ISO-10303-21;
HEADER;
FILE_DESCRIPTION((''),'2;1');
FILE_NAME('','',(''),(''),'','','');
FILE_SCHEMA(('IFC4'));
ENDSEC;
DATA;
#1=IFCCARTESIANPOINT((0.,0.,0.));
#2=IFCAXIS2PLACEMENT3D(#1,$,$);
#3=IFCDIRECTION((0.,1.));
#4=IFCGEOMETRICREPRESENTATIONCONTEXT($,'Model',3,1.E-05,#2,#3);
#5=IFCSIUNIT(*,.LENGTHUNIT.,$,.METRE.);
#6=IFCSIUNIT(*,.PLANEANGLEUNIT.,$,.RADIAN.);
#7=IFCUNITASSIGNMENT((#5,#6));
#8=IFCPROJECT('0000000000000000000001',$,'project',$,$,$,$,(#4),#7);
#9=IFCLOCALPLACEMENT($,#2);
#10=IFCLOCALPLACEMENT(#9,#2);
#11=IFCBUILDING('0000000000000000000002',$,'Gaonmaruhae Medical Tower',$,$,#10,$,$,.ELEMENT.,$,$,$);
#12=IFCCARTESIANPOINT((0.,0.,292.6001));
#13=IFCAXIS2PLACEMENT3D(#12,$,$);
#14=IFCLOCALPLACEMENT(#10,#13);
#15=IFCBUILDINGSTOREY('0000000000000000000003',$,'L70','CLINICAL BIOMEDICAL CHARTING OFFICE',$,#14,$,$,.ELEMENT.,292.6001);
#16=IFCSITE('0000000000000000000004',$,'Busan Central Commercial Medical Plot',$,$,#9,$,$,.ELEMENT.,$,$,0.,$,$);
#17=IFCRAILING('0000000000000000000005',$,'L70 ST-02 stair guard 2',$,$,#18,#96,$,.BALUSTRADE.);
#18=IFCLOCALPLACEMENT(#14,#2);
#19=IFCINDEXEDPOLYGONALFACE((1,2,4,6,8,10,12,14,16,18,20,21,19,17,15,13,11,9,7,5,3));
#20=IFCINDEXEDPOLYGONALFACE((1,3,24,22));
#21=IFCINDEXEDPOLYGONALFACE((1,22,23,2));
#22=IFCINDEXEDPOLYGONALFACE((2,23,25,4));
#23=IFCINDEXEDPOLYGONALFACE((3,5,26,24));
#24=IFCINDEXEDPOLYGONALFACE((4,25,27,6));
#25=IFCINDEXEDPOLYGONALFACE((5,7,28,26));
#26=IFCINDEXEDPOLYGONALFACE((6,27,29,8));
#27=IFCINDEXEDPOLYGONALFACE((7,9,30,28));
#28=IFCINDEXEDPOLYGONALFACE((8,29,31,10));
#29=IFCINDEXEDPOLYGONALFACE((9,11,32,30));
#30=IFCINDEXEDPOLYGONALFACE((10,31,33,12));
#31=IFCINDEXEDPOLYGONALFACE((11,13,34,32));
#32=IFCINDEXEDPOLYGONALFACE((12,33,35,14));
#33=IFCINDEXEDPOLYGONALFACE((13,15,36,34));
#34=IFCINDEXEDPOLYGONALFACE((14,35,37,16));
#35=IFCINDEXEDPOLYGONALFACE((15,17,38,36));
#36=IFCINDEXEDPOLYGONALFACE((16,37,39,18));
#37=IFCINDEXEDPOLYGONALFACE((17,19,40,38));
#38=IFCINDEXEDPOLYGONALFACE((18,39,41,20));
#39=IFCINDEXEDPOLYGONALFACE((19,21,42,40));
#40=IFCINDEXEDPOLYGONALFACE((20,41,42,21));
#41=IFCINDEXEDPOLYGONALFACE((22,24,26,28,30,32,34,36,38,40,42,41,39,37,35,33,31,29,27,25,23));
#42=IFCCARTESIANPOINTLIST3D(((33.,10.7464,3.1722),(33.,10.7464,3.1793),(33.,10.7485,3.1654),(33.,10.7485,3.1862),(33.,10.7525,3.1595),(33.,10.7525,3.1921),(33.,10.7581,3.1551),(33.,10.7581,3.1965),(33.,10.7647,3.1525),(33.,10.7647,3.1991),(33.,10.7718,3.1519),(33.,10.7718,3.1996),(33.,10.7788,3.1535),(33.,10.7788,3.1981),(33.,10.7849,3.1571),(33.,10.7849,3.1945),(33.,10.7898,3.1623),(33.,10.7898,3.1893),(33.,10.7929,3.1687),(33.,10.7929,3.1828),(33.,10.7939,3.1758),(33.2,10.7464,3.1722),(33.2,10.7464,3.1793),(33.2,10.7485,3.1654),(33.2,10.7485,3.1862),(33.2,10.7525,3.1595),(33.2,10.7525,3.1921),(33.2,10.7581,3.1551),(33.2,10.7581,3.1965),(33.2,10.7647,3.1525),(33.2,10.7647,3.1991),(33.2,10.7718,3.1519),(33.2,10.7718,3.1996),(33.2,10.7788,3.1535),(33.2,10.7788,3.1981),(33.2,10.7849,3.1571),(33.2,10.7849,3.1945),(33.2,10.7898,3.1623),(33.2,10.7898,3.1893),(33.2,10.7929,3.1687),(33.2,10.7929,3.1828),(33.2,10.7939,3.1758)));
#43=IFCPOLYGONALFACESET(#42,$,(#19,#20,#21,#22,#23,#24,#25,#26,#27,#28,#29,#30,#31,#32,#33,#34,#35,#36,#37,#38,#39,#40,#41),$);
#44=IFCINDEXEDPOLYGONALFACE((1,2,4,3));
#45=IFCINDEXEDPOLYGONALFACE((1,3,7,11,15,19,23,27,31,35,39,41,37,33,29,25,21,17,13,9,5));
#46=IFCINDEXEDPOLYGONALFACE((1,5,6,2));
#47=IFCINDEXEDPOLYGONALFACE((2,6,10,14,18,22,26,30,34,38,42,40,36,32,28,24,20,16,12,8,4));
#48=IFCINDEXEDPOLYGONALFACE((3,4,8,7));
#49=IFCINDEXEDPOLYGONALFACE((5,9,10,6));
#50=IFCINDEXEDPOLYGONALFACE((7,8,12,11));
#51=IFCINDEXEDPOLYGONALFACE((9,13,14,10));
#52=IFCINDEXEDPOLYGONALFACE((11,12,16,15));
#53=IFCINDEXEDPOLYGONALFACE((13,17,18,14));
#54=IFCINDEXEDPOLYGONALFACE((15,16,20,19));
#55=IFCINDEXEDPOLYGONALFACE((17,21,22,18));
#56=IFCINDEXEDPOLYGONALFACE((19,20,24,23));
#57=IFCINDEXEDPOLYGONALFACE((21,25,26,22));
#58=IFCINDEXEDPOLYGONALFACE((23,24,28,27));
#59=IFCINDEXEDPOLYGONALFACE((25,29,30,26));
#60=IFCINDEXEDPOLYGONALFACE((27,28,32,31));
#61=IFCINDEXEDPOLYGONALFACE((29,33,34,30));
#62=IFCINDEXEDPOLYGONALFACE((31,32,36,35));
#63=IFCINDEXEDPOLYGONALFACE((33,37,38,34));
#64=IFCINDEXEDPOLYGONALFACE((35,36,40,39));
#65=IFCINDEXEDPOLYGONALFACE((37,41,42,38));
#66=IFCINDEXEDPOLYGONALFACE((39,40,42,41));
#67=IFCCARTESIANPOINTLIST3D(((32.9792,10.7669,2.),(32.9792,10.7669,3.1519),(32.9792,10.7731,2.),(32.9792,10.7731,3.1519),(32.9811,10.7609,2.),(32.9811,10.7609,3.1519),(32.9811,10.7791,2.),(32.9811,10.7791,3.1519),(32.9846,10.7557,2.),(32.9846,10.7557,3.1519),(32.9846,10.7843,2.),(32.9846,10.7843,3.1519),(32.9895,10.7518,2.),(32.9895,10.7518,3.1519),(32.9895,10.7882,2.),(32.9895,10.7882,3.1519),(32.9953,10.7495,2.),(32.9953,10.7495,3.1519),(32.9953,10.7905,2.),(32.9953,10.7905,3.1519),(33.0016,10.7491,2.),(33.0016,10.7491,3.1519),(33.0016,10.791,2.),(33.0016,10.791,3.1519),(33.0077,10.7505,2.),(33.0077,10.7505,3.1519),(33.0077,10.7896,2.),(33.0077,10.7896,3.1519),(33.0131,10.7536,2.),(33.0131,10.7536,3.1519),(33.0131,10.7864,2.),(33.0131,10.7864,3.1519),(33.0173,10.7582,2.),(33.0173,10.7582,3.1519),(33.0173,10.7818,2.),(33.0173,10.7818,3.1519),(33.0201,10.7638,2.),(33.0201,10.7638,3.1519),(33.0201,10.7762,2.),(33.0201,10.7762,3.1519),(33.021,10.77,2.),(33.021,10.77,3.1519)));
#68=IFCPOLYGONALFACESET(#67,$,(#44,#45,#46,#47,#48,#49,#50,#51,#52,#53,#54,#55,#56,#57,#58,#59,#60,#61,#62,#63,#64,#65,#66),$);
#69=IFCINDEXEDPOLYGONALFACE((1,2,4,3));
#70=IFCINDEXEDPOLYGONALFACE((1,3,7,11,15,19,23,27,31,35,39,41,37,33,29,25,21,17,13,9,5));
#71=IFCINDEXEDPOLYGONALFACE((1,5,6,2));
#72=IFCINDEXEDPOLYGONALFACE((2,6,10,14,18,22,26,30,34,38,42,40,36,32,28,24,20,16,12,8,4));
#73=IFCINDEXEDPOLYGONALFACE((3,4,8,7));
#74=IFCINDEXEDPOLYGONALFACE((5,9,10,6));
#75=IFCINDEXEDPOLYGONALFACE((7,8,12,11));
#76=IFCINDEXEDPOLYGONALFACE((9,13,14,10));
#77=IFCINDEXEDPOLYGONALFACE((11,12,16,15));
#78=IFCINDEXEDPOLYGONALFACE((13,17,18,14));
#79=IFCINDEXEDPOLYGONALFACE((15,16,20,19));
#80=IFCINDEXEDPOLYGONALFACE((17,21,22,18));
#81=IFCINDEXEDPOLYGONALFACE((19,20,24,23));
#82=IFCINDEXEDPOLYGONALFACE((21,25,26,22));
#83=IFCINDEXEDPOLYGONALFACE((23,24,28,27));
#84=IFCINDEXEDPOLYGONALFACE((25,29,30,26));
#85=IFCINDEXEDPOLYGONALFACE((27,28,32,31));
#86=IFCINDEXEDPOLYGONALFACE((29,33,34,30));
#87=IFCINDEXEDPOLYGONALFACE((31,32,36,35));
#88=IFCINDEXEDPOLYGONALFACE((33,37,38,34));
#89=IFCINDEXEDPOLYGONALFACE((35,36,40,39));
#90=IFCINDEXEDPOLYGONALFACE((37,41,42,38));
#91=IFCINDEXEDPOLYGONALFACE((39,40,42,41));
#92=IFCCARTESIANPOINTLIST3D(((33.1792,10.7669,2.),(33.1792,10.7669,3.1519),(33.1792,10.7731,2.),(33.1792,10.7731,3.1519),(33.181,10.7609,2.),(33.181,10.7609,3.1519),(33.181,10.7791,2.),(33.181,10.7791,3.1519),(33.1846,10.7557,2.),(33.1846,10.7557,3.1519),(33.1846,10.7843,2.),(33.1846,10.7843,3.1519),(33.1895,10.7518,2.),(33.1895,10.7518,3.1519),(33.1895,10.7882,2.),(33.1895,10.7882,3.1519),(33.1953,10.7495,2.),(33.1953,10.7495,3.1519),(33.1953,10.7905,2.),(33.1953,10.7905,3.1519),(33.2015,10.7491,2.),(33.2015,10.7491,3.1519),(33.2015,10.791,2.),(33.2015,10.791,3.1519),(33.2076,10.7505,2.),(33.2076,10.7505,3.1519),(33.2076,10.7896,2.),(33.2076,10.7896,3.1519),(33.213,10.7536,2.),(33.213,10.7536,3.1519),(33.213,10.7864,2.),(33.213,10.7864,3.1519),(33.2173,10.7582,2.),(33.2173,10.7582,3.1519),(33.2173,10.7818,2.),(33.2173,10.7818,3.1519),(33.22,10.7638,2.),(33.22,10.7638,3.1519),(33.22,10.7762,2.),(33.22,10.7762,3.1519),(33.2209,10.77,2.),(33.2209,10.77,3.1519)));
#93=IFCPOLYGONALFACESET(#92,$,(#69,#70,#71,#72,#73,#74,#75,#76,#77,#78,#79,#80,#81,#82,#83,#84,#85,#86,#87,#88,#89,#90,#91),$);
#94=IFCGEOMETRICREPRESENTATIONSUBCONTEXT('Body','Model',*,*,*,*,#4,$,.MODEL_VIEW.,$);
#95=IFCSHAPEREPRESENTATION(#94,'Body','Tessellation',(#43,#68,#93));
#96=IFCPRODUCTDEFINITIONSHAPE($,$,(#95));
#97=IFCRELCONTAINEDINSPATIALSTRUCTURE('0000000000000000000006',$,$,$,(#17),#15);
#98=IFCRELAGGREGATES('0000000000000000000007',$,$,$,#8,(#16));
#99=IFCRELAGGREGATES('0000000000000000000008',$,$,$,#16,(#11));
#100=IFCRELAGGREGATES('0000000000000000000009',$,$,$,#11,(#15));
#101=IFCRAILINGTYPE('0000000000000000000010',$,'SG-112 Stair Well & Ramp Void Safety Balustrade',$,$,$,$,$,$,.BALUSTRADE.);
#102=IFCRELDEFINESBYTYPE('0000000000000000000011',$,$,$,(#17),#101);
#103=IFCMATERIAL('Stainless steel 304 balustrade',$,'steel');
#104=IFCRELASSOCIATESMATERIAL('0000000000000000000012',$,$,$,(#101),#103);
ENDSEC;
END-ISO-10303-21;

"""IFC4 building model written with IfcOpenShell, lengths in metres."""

from ifc_helpers import new_model, si_unit, direction, frame, origin, origin_2d, place, context, subcontext, project, spatial, circle, extrude, material, type_object, element, save


model = new_model("IFC4")

# Units and contexts
model_context = context("Model", 3, precision=1e-05, world=origin(), true_north=direction((0.0, 1.0)))
body_context = subcontext(model_context, "Body", "Model", "MODEL_VIEW")
ifc_project = project(units=[si_unit("LENGTHUNIT", "METRE"), si_unit("PLANEANGLEUNIT", "RADIAN")], contexts=[model_context])

# Site, building, storey
site_placement = place(None, origin())
site = spatial("IfcSite", under=ifc_project, at=site_placement, Name="Busan Central Commercial Medical Plot", CompositionType="ELEMENT", RefElevation=0.0)
building_placement = place(site_placement, origin())
building = spatial("IfcBuilding", under=site, at=building_placement, Name="Gaonmaruhae Medical Tower", CompositionType="ELEMENT")
storey_placement = place(building_placement, frame((0.0, 0.0, 292.6001)))
storey = spatial("IfcBuildingStorey", under=building, at=storey_placement, Name="L70", Description="CLINICAL BIOMEDICAL CHARTING OFFICE", CompositionType="ELEMENT", Elevation=292.6001)

# Railing
ifc_material_1 = material(Name="Stainless steel 304 balustrade", Category="steel")
railing_type_1 = type_object("IfcRailingType", Name="SG-112 Stair Well & Ramp Void Safety Balustrade", PredefinedType="BALUSTRADE", material=ifc_material_1)
railing_1_placement = place(storey_placement, frame((33.0, 10.77, 2.0)))
element("IfcRailing", 1, at=railing_1_placement, inside=storey, type_object=railing_type_1, Name="L70 ST-02 stair guard 2", PredefinedType="BALUSTRADE", context=body_context, shape_type="SweptSolid", body=[
    extrude(circle(Radius=0.0239, at=origin_2d()), frame((0.0, 0.0, 1.1758), z_axis=(1.0, 0.0, 0.0), x_axis=(0.0, 1.0, 0.0)), (0.0, 0.0, 1.0), 0.2),
    extrude(circle(Radius=0.021, at=origin_2d()), origin(), (0.0, 0.0, 1.0), 1.1519),
    extrude(circle(Radius=0.021, at=origin_2d()), frame((0.2, 0.0, 0.0)), (0.0, 0.0, 1.0), 1.1519),
])

save(model, "model.ifc")
